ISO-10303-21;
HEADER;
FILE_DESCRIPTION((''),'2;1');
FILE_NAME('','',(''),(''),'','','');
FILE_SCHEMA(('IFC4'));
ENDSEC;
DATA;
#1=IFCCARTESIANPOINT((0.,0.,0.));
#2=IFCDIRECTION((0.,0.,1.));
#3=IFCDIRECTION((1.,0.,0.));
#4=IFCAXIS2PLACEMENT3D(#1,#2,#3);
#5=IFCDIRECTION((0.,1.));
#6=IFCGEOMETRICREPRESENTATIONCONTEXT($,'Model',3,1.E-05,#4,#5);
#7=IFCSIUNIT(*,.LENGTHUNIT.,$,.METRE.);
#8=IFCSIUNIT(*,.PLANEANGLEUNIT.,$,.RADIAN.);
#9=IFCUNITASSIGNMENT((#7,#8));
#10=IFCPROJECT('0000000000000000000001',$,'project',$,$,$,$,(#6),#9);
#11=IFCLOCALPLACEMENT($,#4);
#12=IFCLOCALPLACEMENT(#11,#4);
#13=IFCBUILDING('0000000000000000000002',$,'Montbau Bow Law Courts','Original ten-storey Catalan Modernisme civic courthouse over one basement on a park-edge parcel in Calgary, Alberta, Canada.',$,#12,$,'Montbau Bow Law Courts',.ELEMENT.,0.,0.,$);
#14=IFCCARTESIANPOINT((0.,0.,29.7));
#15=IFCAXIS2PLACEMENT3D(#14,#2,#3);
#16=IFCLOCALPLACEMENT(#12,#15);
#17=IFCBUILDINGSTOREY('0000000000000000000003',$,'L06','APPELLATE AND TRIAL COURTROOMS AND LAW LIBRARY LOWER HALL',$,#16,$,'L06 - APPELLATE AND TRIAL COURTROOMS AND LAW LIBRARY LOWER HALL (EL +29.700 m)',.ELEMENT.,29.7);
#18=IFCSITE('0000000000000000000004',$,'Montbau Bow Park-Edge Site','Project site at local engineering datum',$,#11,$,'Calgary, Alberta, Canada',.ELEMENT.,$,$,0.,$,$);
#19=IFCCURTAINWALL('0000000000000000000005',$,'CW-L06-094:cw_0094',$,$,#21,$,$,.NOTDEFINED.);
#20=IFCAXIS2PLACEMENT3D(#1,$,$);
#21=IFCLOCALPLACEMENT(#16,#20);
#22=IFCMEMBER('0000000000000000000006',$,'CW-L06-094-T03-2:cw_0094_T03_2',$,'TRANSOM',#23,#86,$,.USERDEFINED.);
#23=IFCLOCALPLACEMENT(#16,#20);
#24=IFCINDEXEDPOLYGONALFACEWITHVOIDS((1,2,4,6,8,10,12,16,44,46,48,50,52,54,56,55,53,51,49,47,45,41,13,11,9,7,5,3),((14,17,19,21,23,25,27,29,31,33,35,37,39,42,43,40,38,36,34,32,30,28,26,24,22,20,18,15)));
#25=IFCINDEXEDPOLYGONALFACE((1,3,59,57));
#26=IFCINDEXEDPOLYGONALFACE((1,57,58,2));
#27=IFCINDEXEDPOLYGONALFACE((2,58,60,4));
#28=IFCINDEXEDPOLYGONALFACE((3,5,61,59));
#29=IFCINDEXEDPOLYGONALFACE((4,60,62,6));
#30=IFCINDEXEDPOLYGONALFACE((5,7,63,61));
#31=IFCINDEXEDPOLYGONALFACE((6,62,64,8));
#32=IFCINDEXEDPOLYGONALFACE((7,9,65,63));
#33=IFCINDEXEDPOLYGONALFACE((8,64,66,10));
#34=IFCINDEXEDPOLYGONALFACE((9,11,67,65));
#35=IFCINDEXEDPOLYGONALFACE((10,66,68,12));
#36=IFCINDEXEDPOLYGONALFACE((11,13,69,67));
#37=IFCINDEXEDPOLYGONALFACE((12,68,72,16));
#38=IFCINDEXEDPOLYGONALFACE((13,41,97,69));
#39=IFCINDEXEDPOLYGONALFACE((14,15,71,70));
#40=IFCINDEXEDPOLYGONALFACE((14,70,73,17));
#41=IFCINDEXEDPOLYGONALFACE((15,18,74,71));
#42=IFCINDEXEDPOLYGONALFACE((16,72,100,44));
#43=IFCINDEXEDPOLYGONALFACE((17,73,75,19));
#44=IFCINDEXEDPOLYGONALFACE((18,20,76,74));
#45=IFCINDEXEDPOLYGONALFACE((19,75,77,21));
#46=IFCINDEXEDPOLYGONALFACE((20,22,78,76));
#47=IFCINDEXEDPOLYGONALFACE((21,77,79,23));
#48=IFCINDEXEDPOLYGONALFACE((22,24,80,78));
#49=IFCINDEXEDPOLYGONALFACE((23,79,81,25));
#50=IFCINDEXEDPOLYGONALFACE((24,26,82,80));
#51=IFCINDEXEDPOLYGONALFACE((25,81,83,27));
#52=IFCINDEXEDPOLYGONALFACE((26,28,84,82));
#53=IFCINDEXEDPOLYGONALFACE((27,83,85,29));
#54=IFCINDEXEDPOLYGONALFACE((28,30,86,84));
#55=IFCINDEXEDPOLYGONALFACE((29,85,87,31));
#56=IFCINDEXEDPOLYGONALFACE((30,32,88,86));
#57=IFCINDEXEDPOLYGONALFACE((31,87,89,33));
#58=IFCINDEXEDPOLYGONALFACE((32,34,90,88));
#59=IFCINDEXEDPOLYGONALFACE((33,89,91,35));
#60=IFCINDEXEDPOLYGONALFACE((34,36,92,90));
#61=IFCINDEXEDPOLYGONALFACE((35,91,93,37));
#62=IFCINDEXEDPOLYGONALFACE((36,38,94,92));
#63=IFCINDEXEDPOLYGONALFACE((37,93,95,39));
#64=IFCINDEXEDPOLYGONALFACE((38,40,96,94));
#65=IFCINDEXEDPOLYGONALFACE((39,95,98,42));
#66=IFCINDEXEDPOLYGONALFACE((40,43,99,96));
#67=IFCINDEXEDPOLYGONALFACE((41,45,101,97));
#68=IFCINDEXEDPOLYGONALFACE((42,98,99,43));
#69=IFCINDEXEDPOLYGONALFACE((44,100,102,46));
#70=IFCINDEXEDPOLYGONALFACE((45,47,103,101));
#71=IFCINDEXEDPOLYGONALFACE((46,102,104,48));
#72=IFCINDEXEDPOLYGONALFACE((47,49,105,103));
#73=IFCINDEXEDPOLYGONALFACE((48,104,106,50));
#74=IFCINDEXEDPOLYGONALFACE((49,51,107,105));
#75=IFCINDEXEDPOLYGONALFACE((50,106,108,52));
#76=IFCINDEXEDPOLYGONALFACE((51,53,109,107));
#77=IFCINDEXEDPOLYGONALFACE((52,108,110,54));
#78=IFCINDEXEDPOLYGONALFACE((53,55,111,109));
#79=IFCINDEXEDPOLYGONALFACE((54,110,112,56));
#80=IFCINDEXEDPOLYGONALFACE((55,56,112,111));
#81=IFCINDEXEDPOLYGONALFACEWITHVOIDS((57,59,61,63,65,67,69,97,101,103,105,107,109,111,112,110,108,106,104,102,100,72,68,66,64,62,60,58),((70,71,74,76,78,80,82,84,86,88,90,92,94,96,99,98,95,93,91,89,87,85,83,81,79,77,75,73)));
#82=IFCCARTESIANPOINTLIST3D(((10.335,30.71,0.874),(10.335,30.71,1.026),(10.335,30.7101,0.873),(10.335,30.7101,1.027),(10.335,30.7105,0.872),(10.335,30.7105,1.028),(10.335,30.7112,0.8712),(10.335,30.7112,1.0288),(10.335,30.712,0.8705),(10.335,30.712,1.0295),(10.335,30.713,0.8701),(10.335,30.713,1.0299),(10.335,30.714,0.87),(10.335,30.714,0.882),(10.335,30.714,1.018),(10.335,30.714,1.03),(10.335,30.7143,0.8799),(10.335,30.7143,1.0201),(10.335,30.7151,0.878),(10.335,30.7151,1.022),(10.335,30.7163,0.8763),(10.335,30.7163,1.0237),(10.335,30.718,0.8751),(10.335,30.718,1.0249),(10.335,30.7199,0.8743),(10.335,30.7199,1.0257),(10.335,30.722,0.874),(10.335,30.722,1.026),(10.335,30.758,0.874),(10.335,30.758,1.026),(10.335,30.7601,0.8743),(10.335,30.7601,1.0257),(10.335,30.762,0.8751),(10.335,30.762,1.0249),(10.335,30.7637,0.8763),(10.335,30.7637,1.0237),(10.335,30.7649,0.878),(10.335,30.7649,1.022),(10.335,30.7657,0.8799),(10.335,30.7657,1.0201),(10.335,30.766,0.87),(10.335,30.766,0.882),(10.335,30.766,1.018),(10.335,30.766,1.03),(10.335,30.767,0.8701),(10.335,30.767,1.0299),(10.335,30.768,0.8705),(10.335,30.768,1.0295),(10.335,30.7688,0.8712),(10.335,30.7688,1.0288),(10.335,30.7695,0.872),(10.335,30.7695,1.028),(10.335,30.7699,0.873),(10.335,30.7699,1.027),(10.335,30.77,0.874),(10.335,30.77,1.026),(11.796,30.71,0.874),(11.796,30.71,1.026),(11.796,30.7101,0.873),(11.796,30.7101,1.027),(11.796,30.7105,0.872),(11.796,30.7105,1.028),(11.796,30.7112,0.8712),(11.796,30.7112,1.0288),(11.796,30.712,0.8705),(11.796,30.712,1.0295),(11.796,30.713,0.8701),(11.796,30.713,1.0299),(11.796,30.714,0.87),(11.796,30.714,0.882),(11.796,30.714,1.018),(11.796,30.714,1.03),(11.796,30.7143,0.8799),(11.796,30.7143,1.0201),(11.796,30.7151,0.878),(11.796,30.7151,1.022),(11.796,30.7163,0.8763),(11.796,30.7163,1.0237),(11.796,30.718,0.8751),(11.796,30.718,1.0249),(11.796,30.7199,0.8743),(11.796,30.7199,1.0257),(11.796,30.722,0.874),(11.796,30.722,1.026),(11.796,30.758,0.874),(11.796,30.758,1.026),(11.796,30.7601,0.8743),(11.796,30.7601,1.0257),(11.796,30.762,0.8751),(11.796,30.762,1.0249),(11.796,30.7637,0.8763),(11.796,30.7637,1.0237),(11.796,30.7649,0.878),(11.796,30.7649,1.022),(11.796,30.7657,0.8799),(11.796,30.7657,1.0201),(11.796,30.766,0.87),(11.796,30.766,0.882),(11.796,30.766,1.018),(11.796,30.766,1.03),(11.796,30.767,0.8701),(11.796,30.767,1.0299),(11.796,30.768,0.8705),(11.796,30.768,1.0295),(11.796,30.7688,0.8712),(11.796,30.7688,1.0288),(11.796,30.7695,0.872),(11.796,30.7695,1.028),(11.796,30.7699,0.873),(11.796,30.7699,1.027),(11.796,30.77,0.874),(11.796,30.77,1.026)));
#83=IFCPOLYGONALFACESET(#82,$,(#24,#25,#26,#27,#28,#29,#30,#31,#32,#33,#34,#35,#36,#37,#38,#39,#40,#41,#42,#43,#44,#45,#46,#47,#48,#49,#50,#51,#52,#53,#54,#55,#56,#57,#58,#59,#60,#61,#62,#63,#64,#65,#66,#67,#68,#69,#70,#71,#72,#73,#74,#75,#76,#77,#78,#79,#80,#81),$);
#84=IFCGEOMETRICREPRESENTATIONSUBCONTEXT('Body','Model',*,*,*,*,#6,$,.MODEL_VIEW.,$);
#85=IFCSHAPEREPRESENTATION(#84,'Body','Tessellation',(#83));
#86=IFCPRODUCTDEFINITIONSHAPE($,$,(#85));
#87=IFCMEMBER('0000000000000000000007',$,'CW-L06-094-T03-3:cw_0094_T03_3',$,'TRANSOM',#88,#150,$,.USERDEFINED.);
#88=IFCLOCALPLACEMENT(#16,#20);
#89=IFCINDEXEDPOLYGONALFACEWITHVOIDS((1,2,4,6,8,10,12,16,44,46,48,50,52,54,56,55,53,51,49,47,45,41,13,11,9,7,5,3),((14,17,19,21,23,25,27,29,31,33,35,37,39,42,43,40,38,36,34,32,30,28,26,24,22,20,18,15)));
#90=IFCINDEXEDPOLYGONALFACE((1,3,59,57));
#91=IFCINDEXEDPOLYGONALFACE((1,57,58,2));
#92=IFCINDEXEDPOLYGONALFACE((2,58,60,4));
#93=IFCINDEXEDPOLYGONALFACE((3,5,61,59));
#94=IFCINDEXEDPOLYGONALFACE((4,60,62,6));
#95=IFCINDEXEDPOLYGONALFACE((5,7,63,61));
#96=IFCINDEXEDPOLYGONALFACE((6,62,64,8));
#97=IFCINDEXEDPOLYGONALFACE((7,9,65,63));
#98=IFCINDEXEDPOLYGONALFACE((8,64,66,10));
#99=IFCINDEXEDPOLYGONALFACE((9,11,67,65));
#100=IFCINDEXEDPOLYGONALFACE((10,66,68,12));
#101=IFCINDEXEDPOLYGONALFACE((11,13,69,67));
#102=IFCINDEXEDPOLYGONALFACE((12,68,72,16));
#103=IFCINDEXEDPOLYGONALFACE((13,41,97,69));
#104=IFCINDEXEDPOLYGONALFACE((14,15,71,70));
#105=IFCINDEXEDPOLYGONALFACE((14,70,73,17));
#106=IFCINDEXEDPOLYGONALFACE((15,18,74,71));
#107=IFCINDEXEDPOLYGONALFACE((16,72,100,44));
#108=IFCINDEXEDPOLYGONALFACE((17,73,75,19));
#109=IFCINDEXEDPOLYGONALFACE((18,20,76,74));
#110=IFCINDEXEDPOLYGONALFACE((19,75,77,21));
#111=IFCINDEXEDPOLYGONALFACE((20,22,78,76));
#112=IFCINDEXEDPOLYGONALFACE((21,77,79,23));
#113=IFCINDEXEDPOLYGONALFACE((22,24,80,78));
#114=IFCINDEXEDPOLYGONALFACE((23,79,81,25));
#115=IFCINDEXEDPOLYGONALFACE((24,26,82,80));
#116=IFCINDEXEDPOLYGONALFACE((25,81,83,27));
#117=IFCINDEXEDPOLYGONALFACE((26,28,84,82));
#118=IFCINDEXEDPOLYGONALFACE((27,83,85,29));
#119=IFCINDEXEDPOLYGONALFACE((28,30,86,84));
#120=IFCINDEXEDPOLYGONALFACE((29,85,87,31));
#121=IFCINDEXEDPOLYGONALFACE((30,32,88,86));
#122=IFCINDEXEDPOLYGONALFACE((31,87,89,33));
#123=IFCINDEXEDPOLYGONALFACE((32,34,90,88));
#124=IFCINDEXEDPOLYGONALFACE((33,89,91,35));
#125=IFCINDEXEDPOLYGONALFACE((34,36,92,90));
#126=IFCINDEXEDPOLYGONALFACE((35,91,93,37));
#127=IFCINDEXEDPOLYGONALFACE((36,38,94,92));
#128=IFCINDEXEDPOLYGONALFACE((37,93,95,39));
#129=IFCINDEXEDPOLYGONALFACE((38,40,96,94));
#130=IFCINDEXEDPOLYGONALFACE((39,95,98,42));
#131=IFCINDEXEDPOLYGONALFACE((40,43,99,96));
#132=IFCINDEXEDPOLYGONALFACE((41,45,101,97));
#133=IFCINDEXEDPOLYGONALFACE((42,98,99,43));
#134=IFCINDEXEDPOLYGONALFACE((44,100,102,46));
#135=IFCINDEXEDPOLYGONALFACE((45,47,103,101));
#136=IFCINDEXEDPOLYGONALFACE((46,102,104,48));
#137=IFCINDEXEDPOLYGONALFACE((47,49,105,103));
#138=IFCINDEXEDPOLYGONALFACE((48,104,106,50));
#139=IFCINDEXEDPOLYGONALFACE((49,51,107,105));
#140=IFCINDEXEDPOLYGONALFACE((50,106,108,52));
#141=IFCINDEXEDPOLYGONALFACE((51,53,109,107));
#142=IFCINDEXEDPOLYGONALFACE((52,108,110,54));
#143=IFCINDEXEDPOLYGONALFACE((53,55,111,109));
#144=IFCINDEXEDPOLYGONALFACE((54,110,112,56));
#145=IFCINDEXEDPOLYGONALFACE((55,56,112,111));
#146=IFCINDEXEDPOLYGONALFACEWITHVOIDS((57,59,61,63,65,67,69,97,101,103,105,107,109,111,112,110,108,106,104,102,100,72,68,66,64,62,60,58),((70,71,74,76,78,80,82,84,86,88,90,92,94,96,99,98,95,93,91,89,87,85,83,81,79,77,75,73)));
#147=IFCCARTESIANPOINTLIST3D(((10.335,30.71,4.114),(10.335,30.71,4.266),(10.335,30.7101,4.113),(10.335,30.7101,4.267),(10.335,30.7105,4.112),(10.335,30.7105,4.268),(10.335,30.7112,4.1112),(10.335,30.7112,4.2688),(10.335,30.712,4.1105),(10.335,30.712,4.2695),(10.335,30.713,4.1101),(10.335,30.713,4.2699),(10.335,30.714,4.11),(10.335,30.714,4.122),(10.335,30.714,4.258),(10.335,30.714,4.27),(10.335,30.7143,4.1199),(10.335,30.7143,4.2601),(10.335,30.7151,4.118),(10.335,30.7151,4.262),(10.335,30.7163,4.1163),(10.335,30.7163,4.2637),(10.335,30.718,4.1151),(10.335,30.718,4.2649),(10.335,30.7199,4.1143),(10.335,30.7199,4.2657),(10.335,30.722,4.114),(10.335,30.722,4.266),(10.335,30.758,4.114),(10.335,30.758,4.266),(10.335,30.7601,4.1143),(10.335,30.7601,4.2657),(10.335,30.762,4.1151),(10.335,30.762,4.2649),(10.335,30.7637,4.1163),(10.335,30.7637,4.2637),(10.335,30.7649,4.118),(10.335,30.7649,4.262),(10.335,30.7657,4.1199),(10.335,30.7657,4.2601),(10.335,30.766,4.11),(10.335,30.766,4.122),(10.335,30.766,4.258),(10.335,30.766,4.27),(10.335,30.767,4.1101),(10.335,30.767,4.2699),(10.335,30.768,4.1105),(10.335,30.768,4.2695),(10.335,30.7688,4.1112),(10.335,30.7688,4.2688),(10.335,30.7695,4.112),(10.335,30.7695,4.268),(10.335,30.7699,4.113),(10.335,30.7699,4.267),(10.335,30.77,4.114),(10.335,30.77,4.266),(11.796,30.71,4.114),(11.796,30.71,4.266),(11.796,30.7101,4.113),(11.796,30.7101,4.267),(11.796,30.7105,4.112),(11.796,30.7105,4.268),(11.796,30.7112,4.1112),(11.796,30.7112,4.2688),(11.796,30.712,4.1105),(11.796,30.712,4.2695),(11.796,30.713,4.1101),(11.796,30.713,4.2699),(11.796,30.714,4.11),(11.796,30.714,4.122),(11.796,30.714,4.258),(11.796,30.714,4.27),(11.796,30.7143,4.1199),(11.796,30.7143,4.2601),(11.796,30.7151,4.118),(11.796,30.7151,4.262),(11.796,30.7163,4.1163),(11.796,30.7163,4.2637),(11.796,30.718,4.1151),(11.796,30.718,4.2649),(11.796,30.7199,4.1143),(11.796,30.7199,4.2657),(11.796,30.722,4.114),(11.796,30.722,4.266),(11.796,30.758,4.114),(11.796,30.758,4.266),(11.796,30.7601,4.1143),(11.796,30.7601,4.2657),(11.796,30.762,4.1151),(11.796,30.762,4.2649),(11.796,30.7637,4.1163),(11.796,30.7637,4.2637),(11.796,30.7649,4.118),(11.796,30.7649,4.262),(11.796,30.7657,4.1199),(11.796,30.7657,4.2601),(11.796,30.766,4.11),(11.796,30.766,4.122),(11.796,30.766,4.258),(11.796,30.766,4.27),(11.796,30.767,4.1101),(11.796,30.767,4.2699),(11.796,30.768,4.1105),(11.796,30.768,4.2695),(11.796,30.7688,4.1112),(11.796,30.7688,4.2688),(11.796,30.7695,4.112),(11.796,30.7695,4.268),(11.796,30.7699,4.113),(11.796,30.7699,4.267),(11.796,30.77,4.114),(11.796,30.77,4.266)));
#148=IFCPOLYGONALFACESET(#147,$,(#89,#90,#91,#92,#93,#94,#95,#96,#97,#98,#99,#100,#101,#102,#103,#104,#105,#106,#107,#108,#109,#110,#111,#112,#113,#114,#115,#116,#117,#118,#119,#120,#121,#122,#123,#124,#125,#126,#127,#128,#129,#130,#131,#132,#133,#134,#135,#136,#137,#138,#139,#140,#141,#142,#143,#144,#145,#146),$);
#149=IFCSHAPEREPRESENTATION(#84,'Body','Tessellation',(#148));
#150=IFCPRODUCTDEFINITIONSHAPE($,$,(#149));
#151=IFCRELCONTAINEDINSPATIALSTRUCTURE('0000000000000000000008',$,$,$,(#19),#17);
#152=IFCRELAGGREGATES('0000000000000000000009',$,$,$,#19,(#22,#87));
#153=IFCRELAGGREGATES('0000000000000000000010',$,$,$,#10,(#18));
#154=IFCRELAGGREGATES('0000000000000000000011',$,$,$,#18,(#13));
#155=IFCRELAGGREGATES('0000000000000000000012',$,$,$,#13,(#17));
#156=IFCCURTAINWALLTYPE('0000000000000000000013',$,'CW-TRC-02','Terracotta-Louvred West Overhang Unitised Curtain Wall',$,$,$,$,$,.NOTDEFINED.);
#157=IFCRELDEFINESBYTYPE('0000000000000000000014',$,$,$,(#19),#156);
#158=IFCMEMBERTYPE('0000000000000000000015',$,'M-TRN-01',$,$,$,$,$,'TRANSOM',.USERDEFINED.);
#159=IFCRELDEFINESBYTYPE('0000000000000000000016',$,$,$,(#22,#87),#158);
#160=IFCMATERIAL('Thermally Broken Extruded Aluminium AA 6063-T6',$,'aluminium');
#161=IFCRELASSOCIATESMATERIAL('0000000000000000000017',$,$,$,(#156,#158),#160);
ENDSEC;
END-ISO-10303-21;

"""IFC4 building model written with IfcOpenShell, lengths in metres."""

from ifc_helpers import new_model, si_unit, direction, frame, origin_with_axes, origin_2d_with_axis, place, context, subcontext, project, spatial, hollow_rectangle, extrude, material, material_profile, profile_set, type_object, element, aggregate, save


model = new_model("IFC4")

# Units and contexts
model_context = context("Model", 3, precision=1e-05, world=origin_with_axes(), true_north=direction((0.0, 1.0)))
body_context = subcontext(model_context, "Body", "Model", "MODEL_VIEW")
ifc_project = project(units=[si_unit("LENGTHUNIT", "METRE"), si_unit("PLANEANGLEUNIT", "RADIAN")], contexts=[model_context])

# Site, building, storey
site_placement = place(None, origin_with_axes())
site = spatial("IfcSite", under=ifc_project, at=site_placement, Name="Montbau Bow Park-Edge Site", Description="Project site at local engineering datum", LongName="Calgary, Alberta, Canada", CompositionType="ELEMENT", RefElevation=0.0)
building_placement = place(site_placement, origin_with_axes())
building = spatial("IfcBuilding", under=site, at=building_placement, Name="Montbau Bow Law Courts", Description="Original ten-storey Catalan Modernisme civic courthouse over one basement on a park-edge parcel in Calgary, Alberta, Canada.", LongName="Montbau Bow Law Courts", CompositionType="ELEMENT", ElevationOfRefHeight=0.0, ElevationOfTerrain=0.0)
storey_placement = place(building_placement, frame((0.0, 0.0, 29.7), z_axis=(0.0, 0.0, 1.0), x_axis=(1.0, 0.0, 0.0)))
storey = spatial("IfcBuildingStorey", under=building, at=storey_placement, Name="L06", Description="APPELLATE AND TRIAL COURTROOMS AND LAW LIBRARY LOWER HALL", LongName="L06 - APPELLATE AND TRIAL COURTROOMS AND LAW LIBRARY LOWER HALL (EL +29.700 m)", CompositionType="ELEMENT", Elevation=29.7)

# Curtain wall
ifc_material_1 = material(Name="Thermally Broken Extruded Aluminium AA 6063-T6", Category="aluminium")
curtain_wall_type = type_object("IfcCurtainWallType", Name="CW-TRC-02", Description="Terracotta-Louvred West Overhang Unitised Curtain Wall", PredefinedType="NOTDEFINED", material=ifc_material_1)
curtain_wall_1_placement = place(None, frame((7.24, 30.74, 29.7), z_axis=(0.0, 0.0, 1.0), x_axis=(1.0, 0.0, 0.0)))
curtain_wall_1 = element("IfcCurtainWall", 1, at=curtain_wall_1_placement, inside=storey, type_object=curtain_wall_type, Name="CW-L06-094:cw_0094", PredefinedType="NOTDEFINED")

# Members
ifc_material_profile_1 = material_profile(ifc_material_1, hollow_rectangle(XDim=0.06, YDim=0.16, WallThickness=0.004, InnerFilletRadius=0.008, OuterFilletRadius=0.004, at=origin_2d_with_axis()), Name="CWT-160X60", Category="Main", Priority=0)
ifc_profile_set_1 = profile_set([ifc_material_profile_1], Name="Thermally Broken Extruded Aluminium AA 6063-T6")
member_type_1 = type_object("IfcMemberType", Name="M-TRN-01", ElementType="TRANSOM", PredefinedType="USERDEFINED", material=ifc_profile_set_1)
member_1_placement = place(None, frame((10.335, 30.74, 30.65), z_axis=(1.0, 0.0, 0.0), x_axis=(0.0, 1.0, 0.0)))
member_1 = element("IfcMember", 2, at=member_1_placement, type_object=member_type_1, Name="CW-L06-094-T03-2:cw_0094_T03_2", ObjectType="TRANSOM", PredefinedType="USERDEFINED", context=body_context, shape_type="SweptSolid", body=[
    extrude(hollow_rectangle(XDim=0.06, YDim=0.16, WallThickness=0.004, InnerFilletRadius=0.008, OuterFilletRadius=0.004, at=origin_2d_with_axis()), origin_with_axes(), (0.0, 0.0, 1.0), 1.461),
])
member_2_placement = place(None, frame((10.335, 30.74, 33.89), z_axis=(1.0, 0.0, 0.0), x_axis=(0.0, 1.0, 0.0)))
member_2 = element("IfcMember", 3, at=member_2_placement, type_object=member_type_1, Name="CW-L06-094-T03-3:cw_0094_T03_3", ObjectType="TRANSOM", PredefinedType="USERDEFINED", context=body_context, shape_type="SweptSolid", body=[
    extrude(hollow_rectangle(XDim=0.06, YDim=0.16, WallThickness=0.004, InnerFilletRadius=0.008, OuterFilletRadius=0.004, at=origin_2d_with_axis()), origin_with_axes(), (0.0, 0.0, 1.0), 1.461),
])

aggregate(curtain_wall_1, [member_1, member_2])

save(model, "model.ifc")
